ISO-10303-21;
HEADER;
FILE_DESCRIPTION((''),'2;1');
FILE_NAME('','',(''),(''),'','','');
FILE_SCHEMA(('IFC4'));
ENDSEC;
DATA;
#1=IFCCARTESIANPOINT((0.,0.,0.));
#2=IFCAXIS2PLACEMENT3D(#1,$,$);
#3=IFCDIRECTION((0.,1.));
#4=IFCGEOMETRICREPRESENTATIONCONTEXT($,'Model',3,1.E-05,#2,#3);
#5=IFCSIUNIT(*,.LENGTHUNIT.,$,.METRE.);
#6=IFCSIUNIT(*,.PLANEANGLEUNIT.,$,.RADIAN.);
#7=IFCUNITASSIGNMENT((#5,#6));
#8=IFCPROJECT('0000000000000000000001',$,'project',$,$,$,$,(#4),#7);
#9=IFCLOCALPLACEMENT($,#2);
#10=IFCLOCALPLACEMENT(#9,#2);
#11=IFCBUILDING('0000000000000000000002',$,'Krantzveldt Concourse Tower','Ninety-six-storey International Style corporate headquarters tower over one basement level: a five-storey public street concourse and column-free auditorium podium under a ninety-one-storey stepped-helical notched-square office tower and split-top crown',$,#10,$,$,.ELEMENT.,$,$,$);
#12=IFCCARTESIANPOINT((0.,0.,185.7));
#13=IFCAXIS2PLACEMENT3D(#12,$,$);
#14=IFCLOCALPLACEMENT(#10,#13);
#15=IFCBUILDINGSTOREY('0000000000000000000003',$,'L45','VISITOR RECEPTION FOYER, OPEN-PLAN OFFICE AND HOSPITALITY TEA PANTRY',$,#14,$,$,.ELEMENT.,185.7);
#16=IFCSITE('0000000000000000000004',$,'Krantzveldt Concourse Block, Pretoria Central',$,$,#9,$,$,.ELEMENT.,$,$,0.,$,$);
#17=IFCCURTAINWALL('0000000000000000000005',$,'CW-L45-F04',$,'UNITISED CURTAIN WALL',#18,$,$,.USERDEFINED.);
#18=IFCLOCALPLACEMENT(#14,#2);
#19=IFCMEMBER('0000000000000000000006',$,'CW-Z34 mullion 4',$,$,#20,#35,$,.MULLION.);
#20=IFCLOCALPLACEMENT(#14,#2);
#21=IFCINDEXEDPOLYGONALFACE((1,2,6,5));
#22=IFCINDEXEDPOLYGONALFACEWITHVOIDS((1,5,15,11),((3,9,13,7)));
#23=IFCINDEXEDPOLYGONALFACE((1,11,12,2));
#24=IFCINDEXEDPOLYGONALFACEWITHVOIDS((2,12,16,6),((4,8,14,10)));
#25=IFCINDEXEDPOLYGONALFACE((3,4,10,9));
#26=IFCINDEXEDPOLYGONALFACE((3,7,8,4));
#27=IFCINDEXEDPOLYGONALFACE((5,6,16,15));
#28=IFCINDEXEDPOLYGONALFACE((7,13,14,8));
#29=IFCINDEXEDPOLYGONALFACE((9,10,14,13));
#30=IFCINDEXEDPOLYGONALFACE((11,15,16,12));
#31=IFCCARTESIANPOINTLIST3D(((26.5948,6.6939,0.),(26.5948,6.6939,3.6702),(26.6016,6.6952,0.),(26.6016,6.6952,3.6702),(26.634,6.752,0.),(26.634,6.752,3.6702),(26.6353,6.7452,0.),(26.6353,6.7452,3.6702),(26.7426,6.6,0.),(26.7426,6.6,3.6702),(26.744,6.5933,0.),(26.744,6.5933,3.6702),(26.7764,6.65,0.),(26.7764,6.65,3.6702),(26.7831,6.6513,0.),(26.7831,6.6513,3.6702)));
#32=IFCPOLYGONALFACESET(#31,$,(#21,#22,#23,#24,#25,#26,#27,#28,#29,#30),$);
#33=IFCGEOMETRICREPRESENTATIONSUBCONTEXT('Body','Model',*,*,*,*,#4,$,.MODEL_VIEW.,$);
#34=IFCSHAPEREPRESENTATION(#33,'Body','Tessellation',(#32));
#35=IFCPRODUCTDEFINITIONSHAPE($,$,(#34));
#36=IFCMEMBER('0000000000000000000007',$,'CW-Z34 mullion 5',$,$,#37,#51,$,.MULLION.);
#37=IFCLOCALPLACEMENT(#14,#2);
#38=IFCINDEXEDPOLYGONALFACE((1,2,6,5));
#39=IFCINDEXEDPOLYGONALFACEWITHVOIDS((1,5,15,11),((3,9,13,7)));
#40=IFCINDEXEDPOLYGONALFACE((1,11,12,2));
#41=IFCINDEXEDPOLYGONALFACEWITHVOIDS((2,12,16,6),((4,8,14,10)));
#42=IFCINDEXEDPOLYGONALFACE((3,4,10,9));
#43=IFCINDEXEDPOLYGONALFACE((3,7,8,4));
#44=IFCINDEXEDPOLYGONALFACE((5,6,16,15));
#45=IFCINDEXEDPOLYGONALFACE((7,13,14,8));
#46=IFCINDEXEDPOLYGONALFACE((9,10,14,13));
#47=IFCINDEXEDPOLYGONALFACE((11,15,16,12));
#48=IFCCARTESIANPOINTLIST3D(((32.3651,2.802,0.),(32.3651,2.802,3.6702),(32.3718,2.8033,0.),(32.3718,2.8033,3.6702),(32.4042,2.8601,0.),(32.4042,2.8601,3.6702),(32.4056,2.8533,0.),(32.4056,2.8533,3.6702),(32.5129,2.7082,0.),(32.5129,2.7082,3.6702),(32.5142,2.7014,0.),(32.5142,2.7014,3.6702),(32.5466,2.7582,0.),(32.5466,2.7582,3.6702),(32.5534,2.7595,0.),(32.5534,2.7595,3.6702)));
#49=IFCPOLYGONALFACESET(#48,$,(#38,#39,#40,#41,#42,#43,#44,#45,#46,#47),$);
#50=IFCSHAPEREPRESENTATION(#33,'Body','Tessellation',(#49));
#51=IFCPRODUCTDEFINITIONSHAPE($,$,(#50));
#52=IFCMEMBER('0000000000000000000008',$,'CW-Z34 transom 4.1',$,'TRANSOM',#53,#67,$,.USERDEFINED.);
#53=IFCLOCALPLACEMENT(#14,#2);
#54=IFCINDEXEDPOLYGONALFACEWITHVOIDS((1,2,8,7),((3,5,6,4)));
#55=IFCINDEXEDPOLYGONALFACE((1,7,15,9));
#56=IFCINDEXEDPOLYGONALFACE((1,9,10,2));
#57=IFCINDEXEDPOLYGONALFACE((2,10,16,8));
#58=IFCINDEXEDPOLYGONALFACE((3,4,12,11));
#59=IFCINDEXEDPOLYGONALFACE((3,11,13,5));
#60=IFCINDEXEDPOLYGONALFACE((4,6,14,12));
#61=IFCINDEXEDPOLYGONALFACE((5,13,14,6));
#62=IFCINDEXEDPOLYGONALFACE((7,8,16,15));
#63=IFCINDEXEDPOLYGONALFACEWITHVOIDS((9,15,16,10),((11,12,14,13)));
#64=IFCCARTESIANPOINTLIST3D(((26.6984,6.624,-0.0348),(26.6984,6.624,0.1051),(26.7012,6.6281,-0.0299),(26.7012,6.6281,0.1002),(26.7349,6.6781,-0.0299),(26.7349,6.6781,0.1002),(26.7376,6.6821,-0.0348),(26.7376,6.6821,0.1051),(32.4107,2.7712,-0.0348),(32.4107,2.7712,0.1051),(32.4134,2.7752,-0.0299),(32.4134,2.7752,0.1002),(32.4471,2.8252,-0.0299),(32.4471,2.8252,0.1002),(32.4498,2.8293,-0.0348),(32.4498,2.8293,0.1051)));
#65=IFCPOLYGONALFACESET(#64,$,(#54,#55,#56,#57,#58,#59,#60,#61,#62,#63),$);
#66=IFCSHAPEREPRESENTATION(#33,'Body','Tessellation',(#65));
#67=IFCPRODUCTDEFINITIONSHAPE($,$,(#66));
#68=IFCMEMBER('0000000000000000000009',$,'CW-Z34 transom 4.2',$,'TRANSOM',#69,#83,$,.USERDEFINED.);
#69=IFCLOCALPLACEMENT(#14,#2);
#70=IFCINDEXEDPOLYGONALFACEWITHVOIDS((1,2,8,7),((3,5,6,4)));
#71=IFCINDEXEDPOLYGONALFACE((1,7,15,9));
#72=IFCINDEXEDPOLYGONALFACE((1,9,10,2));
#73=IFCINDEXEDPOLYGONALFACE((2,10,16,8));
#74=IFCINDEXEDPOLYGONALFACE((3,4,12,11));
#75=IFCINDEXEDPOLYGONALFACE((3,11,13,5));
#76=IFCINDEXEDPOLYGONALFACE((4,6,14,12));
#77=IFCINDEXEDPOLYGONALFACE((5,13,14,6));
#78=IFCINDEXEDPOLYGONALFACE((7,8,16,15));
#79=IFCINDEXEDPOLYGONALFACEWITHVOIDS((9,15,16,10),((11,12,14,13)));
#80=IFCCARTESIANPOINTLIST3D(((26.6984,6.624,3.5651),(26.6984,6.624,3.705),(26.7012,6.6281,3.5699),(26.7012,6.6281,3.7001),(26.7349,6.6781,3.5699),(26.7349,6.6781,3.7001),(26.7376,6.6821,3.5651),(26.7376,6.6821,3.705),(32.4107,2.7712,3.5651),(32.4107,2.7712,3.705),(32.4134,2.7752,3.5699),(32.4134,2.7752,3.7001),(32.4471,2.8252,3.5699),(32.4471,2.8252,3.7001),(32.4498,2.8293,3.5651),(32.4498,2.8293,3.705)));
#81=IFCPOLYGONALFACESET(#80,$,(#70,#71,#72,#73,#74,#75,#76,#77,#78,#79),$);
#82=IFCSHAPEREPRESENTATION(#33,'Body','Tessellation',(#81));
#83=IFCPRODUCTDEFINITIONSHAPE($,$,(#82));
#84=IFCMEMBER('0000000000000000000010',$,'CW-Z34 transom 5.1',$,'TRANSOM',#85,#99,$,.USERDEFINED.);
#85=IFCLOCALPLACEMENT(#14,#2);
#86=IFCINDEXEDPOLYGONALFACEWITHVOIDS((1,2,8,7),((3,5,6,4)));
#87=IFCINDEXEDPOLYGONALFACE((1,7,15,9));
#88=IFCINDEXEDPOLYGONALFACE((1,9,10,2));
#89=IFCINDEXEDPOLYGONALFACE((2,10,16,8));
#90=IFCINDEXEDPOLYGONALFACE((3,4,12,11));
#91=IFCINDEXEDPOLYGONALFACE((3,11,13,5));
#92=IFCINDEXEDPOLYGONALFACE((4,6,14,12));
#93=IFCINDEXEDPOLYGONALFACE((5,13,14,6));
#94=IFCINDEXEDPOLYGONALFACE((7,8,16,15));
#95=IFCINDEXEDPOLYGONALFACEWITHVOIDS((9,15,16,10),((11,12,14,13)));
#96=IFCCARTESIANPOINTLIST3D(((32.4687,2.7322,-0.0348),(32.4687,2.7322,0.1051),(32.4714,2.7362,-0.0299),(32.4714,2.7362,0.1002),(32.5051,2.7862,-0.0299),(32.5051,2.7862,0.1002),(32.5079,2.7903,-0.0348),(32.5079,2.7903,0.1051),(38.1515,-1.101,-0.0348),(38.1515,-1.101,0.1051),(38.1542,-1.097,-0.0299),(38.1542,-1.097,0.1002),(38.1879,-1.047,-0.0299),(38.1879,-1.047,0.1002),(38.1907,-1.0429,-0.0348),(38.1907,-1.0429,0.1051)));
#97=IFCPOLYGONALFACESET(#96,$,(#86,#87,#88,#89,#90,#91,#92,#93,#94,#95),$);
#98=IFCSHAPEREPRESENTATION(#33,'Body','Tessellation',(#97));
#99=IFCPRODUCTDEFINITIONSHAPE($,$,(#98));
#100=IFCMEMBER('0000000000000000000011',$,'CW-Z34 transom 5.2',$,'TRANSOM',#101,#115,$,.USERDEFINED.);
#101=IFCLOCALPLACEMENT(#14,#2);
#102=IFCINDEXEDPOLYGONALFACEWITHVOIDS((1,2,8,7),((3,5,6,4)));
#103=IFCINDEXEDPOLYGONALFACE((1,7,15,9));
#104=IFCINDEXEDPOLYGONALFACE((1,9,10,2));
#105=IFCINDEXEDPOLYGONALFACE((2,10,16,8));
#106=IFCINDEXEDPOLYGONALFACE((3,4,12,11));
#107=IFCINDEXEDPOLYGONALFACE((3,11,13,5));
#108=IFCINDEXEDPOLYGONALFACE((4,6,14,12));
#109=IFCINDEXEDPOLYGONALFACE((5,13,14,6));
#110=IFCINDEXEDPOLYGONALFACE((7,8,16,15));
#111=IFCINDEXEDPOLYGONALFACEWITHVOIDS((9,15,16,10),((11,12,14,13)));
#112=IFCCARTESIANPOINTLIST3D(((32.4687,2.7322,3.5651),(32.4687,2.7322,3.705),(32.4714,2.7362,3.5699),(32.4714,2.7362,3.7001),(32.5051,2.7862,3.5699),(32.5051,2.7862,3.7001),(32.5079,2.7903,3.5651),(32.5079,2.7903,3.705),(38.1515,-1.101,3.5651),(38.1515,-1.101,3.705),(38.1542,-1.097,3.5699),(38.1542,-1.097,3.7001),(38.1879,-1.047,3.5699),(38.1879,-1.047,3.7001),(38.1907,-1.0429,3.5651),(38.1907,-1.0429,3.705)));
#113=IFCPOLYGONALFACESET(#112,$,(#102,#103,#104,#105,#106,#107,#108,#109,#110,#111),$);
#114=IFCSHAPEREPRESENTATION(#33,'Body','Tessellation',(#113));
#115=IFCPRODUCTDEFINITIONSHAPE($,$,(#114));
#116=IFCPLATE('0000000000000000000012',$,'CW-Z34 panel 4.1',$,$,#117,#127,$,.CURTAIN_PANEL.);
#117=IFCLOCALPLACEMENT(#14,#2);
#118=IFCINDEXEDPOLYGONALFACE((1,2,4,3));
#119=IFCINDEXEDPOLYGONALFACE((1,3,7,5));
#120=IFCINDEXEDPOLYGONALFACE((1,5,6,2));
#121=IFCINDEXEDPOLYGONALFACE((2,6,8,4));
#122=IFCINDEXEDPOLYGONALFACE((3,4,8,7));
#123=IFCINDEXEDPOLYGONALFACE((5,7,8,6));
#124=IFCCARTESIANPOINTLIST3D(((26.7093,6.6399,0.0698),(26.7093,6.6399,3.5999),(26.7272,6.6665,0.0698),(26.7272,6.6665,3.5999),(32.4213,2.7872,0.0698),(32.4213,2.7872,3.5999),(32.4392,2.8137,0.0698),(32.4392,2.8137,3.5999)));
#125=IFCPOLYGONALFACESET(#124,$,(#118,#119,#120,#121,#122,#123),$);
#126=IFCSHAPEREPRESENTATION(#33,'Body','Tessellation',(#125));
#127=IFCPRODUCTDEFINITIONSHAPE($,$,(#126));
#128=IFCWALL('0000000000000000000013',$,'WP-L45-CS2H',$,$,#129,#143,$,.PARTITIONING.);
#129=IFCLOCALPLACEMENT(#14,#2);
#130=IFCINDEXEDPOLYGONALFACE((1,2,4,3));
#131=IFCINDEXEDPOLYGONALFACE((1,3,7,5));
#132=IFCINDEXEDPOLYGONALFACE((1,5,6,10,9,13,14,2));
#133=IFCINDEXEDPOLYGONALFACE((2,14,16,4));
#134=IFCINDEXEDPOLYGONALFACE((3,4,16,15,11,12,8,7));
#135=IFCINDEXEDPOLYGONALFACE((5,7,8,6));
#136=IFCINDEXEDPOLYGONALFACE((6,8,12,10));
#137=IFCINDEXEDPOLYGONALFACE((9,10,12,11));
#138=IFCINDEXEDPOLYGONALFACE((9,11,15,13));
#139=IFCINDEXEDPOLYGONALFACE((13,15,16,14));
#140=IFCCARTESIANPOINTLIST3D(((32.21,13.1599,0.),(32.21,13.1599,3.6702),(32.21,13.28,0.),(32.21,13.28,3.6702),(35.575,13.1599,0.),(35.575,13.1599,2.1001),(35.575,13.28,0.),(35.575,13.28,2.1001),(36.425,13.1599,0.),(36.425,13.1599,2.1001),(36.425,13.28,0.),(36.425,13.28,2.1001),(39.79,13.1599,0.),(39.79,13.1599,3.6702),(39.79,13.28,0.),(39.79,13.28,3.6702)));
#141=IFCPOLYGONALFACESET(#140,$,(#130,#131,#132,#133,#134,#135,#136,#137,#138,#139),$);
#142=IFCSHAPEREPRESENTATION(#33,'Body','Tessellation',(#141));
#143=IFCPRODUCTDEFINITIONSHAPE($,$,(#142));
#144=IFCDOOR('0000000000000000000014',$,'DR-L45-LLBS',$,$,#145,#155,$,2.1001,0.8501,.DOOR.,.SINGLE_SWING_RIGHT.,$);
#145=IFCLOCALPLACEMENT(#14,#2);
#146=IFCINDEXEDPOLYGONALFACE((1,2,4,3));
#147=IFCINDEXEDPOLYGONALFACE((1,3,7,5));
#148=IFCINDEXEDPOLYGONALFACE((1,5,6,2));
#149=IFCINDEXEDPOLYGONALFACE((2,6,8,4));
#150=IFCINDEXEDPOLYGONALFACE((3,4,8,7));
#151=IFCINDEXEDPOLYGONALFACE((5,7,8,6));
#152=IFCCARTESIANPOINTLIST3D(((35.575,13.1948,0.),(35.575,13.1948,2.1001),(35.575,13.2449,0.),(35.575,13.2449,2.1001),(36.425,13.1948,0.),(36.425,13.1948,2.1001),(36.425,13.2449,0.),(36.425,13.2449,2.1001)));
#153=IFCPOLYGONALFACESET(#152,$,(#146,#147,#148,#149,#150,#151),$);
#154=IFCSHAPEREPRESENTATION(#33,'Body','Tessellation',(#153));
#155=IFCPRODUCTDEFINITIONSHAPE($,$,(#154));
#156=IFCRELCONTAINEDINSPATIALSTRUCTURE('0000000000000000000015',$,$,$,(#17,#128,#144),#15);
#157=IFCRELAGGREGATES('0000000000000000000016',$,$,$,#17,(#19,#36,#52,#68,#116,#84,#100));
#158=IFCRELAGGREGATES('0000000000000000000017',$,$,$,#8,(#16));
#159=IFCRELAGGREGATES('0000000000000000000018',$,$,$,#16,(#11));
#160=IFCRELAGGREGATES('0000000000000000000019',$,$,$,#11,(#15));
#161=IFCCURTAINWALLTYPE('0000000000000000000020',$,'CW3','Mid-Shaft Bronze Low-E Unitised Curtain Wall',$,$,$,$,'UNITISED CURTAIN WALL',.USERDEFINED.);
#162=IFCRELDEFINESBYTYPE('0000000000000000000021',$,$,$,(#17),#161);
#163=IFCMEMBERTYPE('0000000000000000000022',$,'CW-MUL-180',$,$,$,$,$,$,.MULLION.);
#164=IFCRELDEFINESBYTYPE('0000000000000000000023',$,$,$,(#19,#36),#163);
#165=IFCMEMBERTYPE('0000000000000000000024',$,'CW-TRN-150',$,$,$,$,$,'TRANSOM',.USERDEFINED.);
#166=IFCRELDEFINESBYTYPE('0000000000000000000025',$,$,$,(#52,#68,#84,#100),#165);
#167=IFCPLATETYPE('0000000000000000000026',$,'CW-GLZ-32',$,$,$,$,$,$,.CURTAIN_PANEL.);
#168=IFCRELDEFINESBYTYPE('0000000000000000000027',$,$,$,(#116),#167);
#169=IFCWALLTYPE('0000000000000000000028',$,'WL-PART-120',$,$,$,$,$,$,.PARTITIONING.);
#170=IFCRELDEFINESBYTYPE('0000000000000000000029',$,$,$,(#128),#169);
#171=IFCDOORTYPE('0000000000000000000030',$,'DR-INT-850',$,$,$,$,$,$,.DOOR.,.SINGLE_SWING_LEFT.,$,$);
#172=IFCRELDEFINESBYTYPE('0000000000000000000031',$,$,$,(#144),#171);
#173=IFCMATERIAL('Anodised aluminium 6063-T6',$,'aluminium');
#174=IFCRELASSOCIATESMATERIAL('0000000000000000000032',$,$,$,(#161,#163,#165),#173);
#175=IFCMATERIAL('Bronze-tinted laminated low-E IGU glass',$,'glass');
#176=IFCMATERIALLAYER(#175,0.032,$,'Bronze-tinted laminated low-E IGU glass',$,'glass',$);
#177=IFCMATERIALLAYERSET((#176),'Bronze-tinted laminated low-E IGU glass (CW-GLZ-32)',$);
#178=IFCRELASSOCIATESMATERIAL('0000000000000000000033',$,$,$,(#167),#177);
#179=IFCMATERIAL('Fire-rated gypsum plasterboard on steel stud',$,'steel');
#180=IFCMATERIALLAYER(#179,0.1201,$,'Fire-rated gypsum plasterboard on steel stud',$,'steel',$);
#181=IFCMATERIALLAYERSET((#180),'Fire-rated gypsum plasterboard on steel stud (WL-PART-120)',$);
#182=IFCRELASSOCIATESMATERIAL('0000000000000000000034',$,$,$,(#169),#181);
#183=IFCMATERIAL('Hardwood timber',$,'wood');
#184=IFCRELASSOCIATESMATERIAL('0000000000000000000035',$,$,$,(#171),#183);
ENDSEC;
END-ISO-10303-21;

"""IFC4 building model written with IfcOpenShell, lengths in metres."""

from ifc_helpers import new_model, si_unit, direction, frame, frame_2d, origin, origin_2d, place, context, subcontext, project, spatial, rectangle, hollow_rectangle, extrude, source, transform, mapped, material, layer, layer_set, material_profile, profile_set, type_object, type_shapes, element, fill, aggregate, save


model = new_model("IFC4")

# Units and contexts
model_context = context("Model", 3, precision=1e-05, world=origin(), true_north=direction((0.0, 1.0)))
body_context = subcontext(model_context, "Body", "Model", "MODEL_VIEW")
ifc_project = project(units=[si_unit("LENGTHUNIT", "METRE"), si_unit("PLANEANGLEUNIT", "RADIAN")], contexts=[model_context])

# Site, building, storey
site_placement = place(None, origin())
site = spatial("IfcSite", under=ifc_project, at=site_placement, Name="Krantzveldt Concourse Block, Pretoria Central", CompositionType="ELEMENT", RefElevation=0.0)
building_placement = place(site_placement, origin())
building = spatial("IfcBuilding", under=site, at=building_placement, Name="Krantzveldt Concourse Tower", Description="Ninety-six-storey International Style corporate headquarters tower over one basement level: a five-storey public street concourse and column-free auditorium podium under a ninety-one-storey stepped-helical notched-square office tower and split-top crown", CompositionType="ELEMENT")
storey_placement = place(building_placement, frame((0.0, 0.0, 185.7)))
storey = spatial("IfcBuildingStorey", under=building, at=storey_placement, Name="L45", Description="VISITOR RECEPTION FOYER, OPEN-PLAN OFFICE AND HOSPITALITY TEA PANTRY", CompositionType="ELEMENT", Elevation=185.7)

# Curtain wall, members, plate
ifc_material_1 = material(Name="Anodised aluminium 6063-T6", Category="aluminium")
curtain_wall_type = type_object("IfcCurtainWallType", Name="CW3", Description="Mid-Shaft Bronze Low-E Unitised Curtain Wall", ElementType="UNITISED CURTAIN WALL", PredefinedType="USERDEFINED", material=ifc_material_1)
curtain_wall_placement = place(storey_placement, origin())
curtain_wall = element("IfcCurtainWall", 1, at=curtain_wall_placement, inside=storey, type_object=curtain_wall_type, Name="CW-L45-F04", ObjectType="UNITISED CURTAIN WALL", PredefinedType="USERDEFINED")
ifc_material_profile_1 = material_profile(ifc_material_1, hollow_rectangle(XDim=0.0701, YDim=0.1799, WallThickness=0.0049, at=origin_2d()), Name="Anodised aluminium 6063-T6", Category="aluminium")
ifc_profile_set_1 = profile_set([ifc_material_profile_1], Name="Anodised aluminium 6063-T6 - ALU-MULL 180x70x5")
member_type_1 = type_object("IfcMemberType", Name="CW-MUL-180", PredefinedType="MULLION", material=ifc_profile_set_1)
shared_shape_1 = source(origin(), body_context, "Body", "SweptSolid", [
    extrude(hollow_rectangle(XDim=0.0701, YDim=0.1799, WallThickness=0.0049, at=origin_2d()), origin(), (0.0, 0.0, 1.0), 3.6702),
])
type_shapes(member_type_1, [shared_shape_1])
member_1_placement = place(storey_placement, frame((26.689, 6.6726, 0.0), z_axis=(0.0, 0.0, 1.0), x_axis=(0.559193, 0.829038, 0.0)))
member_1 = element("IfcMember", 2, at=member_1_placement, type_object=member_type_1, Name="CW-Z34 mullion 4", PredefinedType="MULLION", context=body_context, shape_type="MappedRepresentation", body=[
    mapped(shared_shape_1, transform((0.0, 0.0, 0.0), x_axis=(1.0, 0.0, 0.0), y_axis=(0.0, 1.0, 0.0), z_axis=(0.0, 0.0, 1.0), scale=1.0)),
])
member_2_placement = place(storey_placement, frame((32.4592, 2.7808, 0.0), z_axis=(0.0, 0.0, 1.0), x_axis=(0.559193, 0.829038, 0.0)))
member_2 = element("IfcMember", 3, at=member_2_placement, type_object=member_type_1, Name="CW-Z34 mullion 5", PredefinedType="MULLION", context=body_context, shape_type="MappedRepresentation", body=[
    mapped(shared_shape_1, transform((0.0, 0.0, 0.0), x_axis=(1.0, 0.0, 0.0), y_axis=(0.0, 1.0, 0.0), z_axis=(0.0, 0.0, 1.0), scale=1.0)),
])
ifc_material_profile_2 = material_profile(ifc_material_1, hollow_rectangle(XDim=0.0701, YDim=0.1399, WallThickness=0.0049, at=origin_2d()), Name="Anodised aluminium 6063-T6", Category="aluminium")
ifc_profile_set_2 = profile_set([ifc_material_profile_2], Name="Anodised aluminium 6063-T6 - ALU-TRAN 140x70x5")
member_type_2 = type_object("IfcMemberType", Name="CW-TRN-150", ElementType="TRANSOM", PredefinedType="USERDEFINED", material=ifc_profile_set_2)
shared_shape_2 = source(origin(), body_context, "Body", "SweptSolid", [
    extrude(hollow_rectangle(XDim=0.0701, YDim=0.1399, WallThickness=0.0049, at=origin_2d()), origin(), (0.0, 0.0, 1.0), 6.8901),
])
member_3_placement = place(storey_placement, frame((26.718, 6.6531, 0.0352), z_axis=(0.829045, -0.559181, 0.0), x_axis=(0.559181, 0.829045, 0.0)))
member_3 = element("IfcMember", 4, at=member_3_placement, type_object=member_type_2, Name="CW-Z34 transom 4.1", ObjectType="TRANSOM", PredefinedType="USERDEFINED", context=body_context, shape_type="MappedRepresentation", body=[
    mapped(shared_shape_2, transform((0.0, 0.0, 0.0), x_axis=(1.0, 0.0, 0.0), y_axis=(0.0, 1.0, 0.0), z_axis=(0.0, 0.0, 1.0), scale=1.0)),
])
member_4_placement = place(storey_placement, frame((26.718, 6.6531, 3.635), z_axis=(0.829045, -0.559181, 0.0), x_axis=(0.559181, 0.829045, 0.0)))
member_4 = element("IfcMember", 5, at=member_4_placement, type_object=member_type_2, Name="CW-Z34 transom 4.2", ObjectType="TRANSOM", PredefinedType="USERDEFINED", context=body_context, shape_type="MappedRepresentation", body=[
    mapped(shared_shape_2, transform((0.0, 0.0, 0.0), x_axis=(1.0, 0.0, 0.0), y_axis=(0.0, 1.0, 0.0), z_axis=(0.0, 0.0, 1.0), scale=1.0)),
])
shared_shape_3 = source(origin(), body_context, "Body", "SweptSolid", [
    extrude(hollow_rectangle(XDim=0.0701, YDim=0.1399, WallThickness=0.0049, at=origin_2d()), origin(), (0.0, 0.0, 1.0), 6.8547),
])
type_shapes(member_type_2, [shared_shape_2, shared_shape_3])
member_5_placement = place(storey_placement, frame((32.4883, 2.7612, 0.0352), z_axis=(0.82903, -0.559204, 0.0), x_axis=(0.559204, 0.82903, 0.0)))
member_5 = element("IfcMember", 6, at=member_5_placement, type_object=member_type_2, Name="CW-Z34 transom 5.1", ObjectType="TRANSOM", PredefinedType="USERDEFINED", context=body_context, shape_type="MappedRepresentation", body=[
    mapped(shared_shape_3, transform((0.0, 0.0, 0.0), x_axis=(1.0, 0.0, 0.0), y_axis=(0.0, 1.0, 0.0), z_axis=(0.0, 0.0, 1.0), scale=1.0)),
])
member_6_placement = place(storey_placement, frame((32.4883, 2.7612, 3.635), z_axis=(0.82903, -0.559204, 0.0), x_axis=(0.559204, 0.82903, 0.0)))
member_6 = element("IfcMember", 7, at=member_6_placement, type_object=member_type_2, Name="CW-Z34 transom 5.2", ObjectType="TRANSOM", PredefinedType="USERDEFINED", context=body_context, shape_type="MappedRepresentation", body=[
    mapped(shared_shape_3, transform((0.0, 0.0, 0.0), x_axis=(1.0, 0.0, 0.0), y_axis=(0.0, 1.0, 0.0), z_axis=(0.0, 0.0, 1.0), scale=1.0)),
])
ifc_material_2 = material(Name="Bronze-tinted laminated low-E IGU glass", Category="glass")
ifc_layer_1 = layer(ifc_material_2, 0.032, Name="Bronze-tinted laminated low-E IGU glass", Category="glass")
ifc_layer_set_1 = layer_set([ifc_layer_1], Name="Bronze-tinted laminated low-E IGU glass (CW-GLZ-32)")
plate_type = type_object("IfcPlateType", Name="CW-GLZ-32", PredefinedType="CURTAIN_PANEL", material=ifc_layer_set_1)
shared_shape_4 = source(origin(), body_context, "Body", "SweptSolid", [
    extrude(rectangle(XDim=6.8899, YDim=0.032, at=origin_2d()), origin(), (0.0, 0.0, 1.0), 3.53),
])
type_shapes(plate_type, [shared_shape_4])
plate_placement = place(storey_placement, frame((29.5742, 4.7268, 0.0698), z_axis=(0.0, 0.0, 1.0), x_axis=(0.829038, -0.559193, 0.0)))
plate = element("IfcPlate", 8, at=plate_placement, type_object=plate_type, Name="CW-Z34 panel 4.1", PredefinedType="CURTAIN_PANEL", context=body_context, shape_type="MappedRepresentation", body=[
    mapped(shared_shape_4, transform((0.0, 0.0, 0.0), x_axis=(1.0, 0.0, 0.0), y_axis=(0.0, 1.0, 0.0), z_axis=(0.0, 0.0, 1.0), scale=1.0)),
])
aggregate(curtain_wall, [member_1, member_2, member_3, member_4, plate, member_5, member_6])

# Wall, opening, door
ifc_material_3 = material(Name="Fire-rated gypsum plasterboard on steel stud", Category="steel")
ifc_layer_2 = layer(ifc_material_3, 0.1201, Name="Fire-rated gypsum plasterboard on steel stud", Category="steel")
ifc_layer_set_2 = layer_set([ifc_layer_2], Name="Fire-rated gypsum plasterboard on steel stud (WL-PART-120)")
wall_type_1 = type_object("IfcWallType", Name="WL-PART-120", PredefinedType="PARTITIONING", material=ifc_layer_set_2)
wall_1_placement = place(storey_placement, frame((32.21, 13.22, 0.0), z_axis=(0.0, 0.0, 1.0), x_axis=(1.0, 0.0, 0.0)))
wall_1 = element("IfcWall", 9, at=wall_1_placement, inside=storey, type_object=wall_type_1, Name="WP-L45-CS2H", PredefinedType="PARTITIONING", context=body_context, shape_type="SweptSolid", body=[
    extrude(rectangle(XDim=7.5801, YDim=0.1201, at=frame_2d((3.79, 0.0))), origin(), (0.0, 0.0, 1.0), 3.6702),
])
opening_1_placement = place(wall_1_placement, frame((3.365, 0.0, 0.0)))
opening_1 = element("IfcOpeningElement", 10, at=opening_1_placement, cuts=wall_1, PredefinedType="OPENING", context=body_context, shape_type="SweptSolid", body=[
    extrude(rectangle(XDim=0.8501, YDim=2.1001, at=frame_2d((0.425, 1.05))), frame((0.0, 0.0701, 0.0), z_axis=(0.0, -1.0, 0.0), x_axis=(1.0, 0.0, 0.0)), (0.0, 0.0, 1.0), 0.1401),
])
ifc_material_4 = material(Name="Hardwood timber", Category="wood")
door_type_1 = type_object("IfcDoorType", Name="DR-INT-850", OperationType="SINGLE_SWING_LEFT", PredefinedType="DOOR", material=ifc_material_4)
door_1_placement = place(opening_1_placement, origin())
door_1 = element("IfcDoor", 11, at=door_1_placement, inside=storey, type_object=door_type_1, Name="DR-L45-LLBS", OperationType="SINGLE_SWING_RIGHT", OverallHeight=2.1001, OverallWidth=0.8501, PredefinedType="DOOR", context=body_context, shape_type="SweptSolid", body=[
    extrude(rectangle(XDim=0.8501, YDim=2.1001, at=frame_2d((0.425, 1.05))), frame((0.0, 0.0249, 0.0), z_axis=(0.0, -1.0, 0.0), x_axis=(1.0, 0.0, 0.0)), (0.0, 0.0, 1.0), 0.05),
])
fill(opening_1, door_1)

save(model, "model.ifc")
